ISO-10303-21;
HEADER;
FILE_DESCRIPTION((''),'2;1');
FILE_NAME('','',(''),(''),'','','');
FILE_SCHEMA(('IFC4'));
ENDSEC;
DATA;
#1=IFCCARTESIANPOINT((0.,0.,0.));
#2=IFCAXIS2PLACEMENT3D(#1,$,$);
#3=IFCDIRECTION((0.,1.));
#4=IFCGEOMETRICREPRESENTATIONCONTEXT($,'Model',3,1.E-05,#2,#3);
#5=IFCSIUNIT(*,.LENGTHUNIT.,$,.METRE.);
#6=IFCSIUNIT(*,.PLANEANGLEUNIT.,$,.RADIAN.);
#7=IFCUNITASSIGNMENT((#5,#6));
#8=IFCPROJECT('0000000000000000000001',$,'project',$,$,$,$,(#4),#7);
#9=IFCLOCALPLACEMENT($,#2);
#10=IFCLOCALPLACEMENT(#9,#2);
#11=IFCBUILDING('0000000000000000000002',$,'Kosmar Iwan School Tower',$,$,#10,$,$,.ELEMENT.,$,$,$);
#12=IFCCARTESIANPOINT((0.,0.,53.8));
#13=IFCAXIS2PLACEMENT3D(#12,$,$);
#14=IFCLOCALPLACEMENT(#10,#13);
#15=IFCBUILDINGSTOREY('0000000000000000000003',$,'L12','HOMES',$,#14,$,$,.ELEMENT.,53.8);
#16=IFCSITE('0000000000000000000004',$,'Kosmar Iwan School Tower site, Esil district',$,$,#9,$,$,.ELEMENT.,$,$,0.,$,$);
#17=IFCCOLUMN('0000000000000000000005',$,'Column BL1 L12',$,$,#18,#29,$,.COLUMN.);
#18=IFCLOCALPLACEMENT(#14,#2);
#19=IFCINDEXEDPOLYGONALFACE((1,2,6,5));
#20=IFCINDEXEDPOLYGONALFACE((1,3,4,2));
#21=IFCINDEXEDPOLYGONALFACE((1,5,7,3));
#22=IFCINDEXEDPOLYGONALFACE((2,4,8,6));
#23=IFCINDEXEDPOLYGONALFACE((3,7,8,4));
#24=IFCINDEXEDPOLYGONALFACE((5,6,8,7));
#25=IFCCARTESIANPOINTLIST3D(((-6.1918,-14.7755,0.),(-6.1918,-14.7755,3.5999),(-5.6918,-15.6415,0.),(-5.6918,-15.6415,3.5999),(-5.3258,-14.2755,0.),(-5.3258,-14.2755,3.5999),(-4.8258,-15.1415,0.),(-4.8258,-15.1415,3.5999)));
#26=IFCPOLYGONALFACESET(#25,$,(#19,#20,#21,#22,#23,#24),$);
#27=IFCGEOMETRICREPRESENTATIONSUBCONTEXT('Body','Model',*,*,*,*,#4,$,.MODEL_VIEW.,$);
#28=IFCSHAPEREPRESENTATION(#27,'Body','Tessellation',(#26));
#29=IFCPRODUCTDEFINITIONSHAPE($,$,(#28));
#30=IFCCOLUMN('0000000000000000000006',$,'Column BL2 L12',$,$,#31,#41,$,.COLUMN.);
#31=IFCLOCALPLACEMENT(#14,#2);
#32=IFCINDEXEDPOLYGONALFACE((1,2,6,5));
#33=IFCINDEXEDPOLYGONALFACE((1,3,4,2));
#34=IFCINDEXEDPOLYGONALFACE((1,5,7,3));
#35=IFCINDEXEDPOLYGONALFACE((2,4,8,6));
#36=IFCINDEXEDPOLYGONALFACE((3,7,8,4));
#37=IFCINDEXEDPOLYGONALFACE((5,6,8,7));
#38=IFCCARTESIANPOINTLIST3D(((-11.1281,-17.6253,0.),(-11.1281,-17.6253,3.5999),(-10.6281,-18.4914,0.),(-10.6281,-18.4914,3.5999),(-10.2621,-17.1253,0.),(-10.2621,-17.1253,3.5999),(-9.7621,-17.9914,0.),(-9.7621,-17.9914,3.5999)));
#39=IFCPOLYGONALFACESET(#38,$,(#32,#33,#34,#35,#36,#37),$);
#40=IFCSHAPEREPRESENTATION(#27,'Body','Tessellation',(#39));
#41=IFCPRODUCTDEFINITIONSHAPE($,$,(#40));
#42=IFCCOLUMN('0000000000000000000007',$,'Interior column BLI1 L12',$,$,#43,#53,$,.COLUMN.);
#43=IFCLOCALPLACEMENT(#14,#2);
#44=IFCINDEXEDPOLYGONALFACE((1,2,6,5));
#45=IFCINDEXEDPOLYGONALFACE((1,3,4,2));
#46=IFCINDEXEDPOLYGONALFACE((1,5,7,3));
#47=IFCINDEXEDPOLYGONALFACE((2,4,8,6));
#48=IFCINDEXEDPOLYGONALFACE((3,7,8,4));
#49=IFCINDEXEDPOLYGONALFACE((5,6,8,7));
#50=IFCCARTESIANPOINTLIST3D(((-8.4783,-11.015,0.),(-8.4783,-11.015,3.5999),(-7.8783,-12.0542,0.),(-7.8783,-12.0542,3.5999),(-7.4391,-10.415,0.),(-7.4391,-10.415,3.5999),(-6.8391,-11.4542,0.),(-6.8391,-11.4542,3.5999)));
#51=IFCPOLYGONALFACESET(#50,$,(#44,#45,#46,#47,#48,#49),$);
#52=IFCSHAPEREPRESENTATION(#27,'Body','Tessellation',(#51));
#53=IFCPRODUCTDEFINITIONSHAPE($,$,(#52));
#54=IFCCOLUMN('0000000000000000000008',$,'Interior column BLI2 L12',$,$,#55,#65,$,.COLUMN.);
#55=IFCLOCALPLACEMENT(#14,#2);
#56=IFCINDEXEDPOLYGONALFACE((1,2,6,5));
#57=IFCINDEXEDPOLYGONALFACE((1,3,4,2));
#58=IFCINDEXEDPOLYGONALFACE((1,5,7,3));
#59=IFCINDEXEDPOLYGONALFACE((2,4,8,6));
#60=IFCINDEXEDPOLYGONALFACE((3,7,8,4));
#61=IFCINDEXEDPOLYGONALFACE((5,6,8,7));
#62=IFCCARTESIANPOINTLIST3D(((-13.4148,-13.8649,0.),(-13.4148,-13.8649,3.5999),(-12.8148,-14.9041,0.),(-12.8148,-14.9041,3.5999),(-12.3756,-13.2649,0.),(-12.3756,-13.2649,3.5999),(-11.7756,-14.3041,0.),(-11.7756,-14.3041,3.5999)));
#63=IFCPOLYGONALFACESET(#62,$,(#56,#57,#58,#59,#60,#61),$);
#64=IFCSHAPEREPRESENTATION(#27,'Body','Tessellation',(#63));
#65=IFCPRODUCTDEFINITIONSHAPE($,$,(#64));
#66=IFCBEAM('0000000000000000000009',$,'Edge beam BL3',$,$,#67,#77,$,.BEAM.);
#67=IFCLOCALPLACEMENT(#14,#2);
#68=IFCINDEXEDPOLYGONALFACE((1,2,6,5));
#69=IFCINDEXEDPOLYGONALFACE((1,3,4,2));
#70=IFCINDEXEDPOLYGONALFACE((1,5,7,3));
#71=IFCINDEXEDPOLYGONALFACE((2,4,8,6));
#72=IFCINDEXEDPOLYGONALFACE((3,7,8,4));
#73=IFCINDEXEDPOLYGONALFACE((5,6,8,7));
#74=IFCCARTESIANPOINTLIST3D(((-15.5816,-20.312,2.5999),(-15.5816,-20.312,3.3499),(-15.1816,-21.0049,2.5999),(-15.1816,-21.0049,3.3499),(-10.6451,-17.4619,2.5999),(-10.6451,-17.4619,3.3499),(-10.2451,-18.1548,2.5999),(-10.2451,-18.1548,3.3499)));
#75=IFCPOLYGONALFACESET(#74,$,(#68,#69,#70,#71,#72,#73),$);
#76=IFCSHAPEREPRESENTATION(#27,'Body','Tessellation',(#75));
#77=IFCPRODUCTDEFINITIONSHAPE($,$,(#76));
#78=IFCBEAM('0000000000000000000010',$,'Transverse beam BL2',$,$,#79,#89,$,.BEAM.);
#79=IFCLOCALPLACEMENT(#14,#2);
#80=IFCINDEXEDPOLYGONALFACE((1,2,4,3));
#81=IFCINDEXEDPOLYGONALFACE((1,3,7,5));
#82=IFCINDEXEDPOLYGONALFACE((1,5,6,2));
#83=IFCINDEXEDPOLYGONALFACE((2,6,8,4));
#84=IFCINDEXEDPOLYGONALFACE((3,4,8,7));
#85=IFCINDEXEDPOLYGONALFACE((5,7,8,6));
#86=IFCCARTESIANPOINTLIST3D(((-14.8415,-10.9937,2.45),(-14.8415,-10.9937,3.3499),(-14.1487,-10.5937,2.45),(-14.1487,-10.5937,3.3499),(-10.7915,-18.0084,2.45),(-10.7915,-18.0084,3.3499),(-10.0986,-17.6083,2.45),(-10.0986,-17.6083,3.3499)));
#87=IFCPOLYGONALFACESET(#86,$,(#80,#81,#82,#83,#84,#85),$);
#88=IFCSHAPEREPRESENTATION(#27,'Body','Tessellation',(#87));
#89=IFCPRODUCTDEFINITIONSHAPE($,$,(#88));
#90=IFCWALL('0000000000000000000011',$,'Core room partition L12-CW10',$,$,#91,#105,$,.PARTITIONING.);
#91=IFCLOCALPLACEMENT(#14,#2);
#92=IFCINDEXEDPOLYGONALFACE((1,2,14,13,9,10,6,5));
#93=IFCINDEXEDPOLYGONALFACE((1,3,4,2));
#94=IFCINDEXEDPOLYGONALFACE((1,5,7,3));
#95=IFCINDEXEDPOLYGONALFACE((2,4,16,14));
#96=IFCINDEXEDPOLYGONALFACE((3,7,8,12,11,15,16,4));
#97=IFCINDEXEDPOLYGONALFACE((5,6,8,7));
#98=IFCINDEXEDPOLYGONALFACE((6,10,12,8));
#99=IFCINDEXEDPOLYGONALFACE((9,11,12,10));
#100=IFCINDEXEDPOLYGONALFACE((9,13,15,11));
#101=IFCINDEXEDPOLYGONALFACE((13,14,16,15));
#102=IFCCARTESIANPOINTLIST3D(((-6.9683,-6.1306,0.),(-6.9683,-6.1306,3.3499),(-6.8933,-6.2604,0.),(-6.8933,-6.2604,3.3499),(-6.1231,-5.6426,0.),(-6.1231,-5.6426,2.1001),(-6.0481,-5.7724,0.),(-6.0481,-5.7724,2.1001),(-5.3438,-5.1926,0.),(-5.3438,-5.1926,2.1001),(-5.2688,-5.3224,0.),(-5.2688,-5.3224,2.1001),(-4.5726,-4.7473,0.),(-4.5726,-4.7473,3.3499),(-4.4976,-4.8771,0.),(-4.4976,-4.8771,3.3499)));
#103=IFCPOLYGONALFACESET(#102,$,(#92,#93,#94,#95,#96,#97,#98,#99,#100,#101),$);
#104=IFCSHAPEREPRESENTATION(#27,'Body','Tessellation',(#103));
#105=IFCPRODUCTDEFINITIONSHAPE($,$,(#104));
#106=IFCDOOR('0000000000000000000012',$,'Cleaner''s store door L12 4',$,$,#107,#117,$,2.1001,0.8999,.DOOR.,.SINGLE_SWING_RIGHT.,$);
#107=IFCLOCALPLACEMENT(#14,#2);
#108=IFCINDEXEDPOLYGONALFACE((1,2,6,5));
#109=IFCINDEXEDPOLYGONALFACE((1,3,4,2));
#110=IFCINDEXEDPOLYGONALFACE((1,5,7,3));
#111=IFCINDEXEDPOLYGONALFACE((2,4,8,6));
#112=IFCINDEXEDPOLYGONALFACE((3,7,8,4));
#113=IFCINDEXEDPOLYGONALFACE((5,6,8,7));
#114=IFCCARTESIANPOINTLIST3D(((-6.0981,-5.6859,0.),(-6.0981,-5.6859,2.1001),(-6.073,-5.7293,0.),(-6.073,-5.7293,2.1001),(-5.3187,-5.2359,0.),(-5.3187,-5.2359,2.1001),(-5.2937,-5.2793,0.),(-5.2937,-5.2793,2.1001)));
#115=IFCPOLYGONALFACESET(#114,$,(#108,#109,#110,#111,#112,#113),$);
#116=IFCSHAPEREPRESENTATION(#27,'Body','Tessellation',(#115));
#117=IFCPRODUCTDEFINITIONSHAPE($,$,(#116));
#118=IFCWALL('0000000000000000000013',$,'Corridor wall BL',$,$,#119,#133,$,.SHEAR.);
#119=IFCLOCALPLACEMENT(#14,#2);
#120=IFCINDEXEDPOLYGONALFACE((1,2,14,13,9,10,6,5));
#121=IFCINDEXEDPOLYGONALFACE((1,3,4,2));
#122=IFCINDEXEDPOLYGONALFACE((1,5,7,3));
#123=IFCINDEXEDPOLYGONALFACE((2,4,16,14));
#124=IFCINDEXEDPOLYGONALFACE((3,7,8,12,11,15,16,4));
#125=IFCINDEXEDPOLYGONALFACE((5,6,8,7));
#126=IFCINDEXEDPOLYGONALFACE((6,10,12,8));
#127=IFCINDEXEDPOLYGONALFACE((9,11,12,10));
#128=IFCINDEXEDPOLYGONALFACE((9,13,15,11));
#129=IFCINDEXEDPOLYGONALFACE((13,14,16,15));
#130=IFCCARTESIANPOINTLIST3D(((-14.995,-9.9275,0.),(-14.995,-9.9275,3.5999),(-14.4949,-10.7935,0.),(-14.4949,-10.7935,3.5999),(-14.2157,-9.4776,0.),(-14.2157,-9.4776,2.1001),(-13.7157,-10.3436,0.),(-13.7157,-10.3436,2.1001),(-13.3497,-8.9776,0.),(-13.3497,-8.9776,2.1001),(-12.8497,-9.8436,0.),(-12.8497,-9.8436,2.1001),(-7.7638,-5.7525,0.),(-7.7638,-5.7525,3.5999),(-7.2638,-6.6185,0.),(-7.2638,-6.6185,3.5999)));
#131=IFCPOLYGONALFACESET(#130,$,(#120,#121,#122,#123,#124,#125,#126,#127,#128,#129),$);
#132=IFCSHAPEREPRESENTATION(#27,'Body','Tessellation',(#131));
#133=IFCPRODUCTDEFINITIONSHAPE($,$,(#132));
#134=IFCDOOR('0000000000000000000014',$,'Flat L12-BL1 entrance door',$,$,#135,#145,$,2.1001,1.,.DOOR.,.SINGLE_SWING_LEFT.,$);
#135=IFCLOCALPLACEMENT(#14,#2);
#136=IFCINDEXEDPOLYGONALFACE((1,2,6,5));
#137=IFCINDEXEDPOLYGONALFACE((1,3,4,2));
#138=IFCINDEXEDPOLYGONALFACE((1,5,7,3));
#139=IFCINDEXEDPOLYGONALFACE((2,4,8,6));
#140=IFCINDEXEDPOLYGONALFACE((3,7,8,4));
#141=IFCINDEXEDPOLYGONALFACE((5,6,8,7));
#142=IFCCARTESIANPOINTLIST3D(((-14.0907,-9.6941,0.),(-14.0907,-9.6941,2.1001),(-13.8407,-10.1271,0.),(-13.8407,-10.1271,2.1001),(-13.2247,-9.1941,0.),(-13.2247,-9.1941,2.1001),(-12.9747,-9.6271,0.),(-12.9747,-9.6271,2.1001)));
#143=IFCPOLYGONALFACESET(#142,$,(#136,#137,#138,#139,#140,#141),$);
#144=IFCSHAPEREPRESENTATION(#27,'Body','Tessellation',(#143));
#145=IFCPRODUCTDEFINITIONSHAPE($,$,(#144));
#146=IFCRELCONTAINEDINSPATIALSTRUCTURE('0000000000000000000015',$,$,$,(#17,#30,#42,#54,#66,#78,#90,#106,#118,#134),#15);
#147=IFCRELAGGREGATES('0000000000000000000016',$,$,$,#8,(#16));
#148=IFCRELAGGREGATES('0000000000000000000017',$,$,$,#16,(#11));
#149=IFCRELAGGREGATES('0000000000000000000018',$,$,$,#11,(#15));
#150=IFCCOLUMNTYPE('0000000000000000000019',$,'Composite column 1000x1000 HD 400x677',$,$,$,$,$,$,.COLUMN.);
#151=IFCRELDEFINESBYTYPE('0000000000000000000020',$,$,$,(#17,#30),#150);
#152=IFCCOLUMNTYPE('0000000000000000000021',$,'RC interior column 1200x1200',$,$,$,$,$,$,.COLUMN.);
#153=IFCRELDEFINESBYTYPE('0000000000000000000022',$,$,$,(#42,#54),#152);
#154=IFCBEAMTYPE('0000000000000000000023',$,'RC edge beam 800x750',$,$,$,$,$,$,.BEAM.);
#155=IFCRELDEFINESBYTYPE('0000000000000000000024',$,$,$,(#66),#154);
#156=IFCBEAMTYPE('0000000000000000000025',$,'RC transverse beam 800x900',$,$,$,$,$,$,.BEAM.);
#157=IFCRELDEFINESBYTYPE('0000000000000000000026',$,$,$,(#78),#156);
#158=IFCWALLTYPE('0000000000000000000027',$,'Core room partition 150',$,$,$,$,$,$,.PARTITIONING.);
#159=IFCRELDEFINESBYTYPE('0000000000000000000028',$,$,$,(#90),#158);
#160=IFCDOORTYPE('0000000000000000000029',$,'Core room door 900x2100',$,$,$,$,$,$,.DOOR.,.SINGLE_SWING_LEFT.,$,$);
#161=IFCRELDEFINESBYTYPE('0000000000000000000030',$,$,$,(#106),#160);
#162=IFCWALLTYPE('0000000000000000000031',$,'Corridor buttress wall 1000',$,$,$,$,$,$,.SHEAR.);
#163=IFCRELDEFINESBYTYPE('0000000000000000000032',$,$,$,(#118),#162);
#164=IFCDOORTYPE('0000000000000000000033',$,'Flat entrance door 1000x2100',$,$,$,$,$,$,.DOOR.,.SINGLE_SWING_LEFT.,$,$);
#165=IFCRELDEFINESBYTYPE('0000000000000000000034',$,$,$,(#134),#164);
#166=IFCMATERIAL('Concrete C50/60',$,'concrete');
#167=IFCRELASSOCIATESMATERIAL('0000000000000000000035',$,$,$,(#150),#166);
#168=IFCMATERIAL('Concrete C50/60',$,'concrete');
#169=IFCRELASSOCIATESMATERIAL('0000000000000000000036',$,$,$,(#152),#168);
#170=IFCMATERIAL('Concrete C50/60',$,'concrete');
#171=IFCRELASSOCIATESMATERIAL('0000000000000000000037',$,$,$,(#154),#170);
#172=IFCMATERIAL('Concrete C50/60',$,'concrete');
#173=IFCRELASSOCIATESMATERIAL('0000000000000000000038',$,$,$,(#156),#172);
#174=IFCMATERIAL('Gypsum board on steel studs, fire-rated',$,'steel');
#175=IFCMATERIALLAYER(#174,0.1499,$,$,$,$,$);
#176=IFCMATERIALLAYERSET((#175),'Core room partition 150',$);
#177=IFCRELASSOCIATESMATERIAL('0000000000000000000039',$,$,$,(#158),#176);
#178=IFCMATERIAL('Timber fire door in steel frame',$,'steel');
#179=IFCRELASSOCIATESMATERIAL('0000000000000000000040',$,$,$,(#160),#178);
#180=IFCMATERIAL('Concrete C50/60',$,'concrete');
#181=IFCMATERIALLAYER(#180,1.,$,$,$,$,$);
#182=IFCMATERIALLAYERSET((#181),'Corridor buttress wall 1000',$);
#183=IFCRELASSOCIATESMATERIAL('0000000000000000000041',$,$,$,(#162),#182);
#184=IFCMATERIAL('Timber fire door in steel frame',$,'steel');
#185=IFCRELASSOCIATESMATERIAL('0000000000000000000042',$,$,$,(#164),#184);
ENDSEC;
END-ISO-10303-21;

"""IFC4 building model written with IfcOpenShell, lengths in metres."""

from ifc_helpers import new_model, si_unit, direction, frame, frame_2d, origin, origin_2d, place, context, subcontext, project, spatial, rectangle, extrude, material, layer, layer_set, material_profile, profile_set, type_object, element, fill, save


model = new_model("IFC4")

# Units and contexts
model_context = context("Model", 3, precision=1e-05, world=origin(), true_north=direction((0.0, 1.0)))
body_context = subcontext(model_context, "Body", "Model", "MODEL_VIEW")
ifc_project = project(units=[si_unit("LENGTHUNIT", "METRE"), si_unit("PLANEANGLEUNIT", "RADIAN")], contexts=[model_context])

# Site, building, storey
site_placement = place(None, origin())
site = spatial("IfcSite", under=ifc_project, at=site_placement, Name="Kosmar Iwan School Tower site, Esil district", CompositionType="ELEMENT", RefElevation=0.0)
building_placement = place(site_placement, origin())
building = spatial("IfcBuilding", under=site, at=building_placement, Name="Kosmar Iwan School Tower", CompositionType="ELEMENT")
storey_placement = place(building_placement, frame((0.0, 0.0, 53.8)))
storey = spatial("IfcBuildingStorey", under=building, at=storey_placement, Name="L12", Description="HOMES", CompositionType="ELEMENT", Elevation=53.8)

# Columns
ifc_material_1 = material(Name="Concrete C50/60", Category="concrete")
ifc_material_profile_1 = material_profile(ifc_material_1, rectangle(XDim=1.0, YDim=1.0, at=origin_2d()), Name="RC 1000x1000 + HD 400x677")
ifc_profile_set_1 = profile_set([ifc_material_profile_1], Name="Concrete C50/60")
column_type_1 = type_object("IfcColumnType", Name="Composite column 1000x1000 HD 400x677", PredefinedType="COLUMN", material=ifc_profile_set_1)
for number, where, z_axis, x_axis, name in (
    (1, (-5.5088, -14.9585, 0.0), (0.0, 0.0, 1.0), (-0.866025, -0.5, 0.0), "Column BL1 L12"),
    (2, (-10.4451, -17.8083, 0.0), (0.0, 0.0, 1.0), (-0.866025, -0.5, 0.0), "Column BL2 L12"),
):
    element("IfcColumn", number, at=place(storey_placement, frame(where, z_axis=z_axis, x_axis=x_axis)), inside=storey, type_object=column_type_1, Name=name, PredefinedType="COLUMN", context=body_context, shape_type="SweptSolid", body=[
        extrude(rectangle(XDim=1.0, YDim=1.0, at=origin_2d()), origin(), (0.0, 0.0, 1.0), 3.5999),
    ])
ifc_material_2 = material(Name="Concrete C50/60", Category="concrete")
ifc_material_profile_2 = material_profile(ifc_material_2, rectangle(XDim=1.2, YDim=1.2, at=origin_2d()), Name="RC 1200x1200")
ifc_profile_set_2 = profile_set([ifc_material_profile_2], Name="Concrete C50/60")
column_type_2 = type_object("IfcColumnType", Name="RC interior column 1200x1200", PredefinedType="COLUMN", material=ifc_profile_set_2)
for number, where, z_axis, x_axis, name in (
    (3, (-7.6587, -11.2346, 0.0), (0.0, 0.0, 1.0), (-0.866025, -0.5, 0.0), "Interior column BLI1 L12"),
    (4, (-12.5952, -14.0845, 0.0), (0.0, 0.0, 1.0), (-0.866025, -0.5, 0.0), "Interior column BLI2 L12"),
):
    element("IfcColumn", number, at=place(storey_placement, frame(where, z_axis=z_axis, x_axis=x_axis)), inside=storey, type_object=column_type_2, Name=name, PredefinedType="COLUMN", context=body_context, shape_type="SweptSolid", body=[
        extrude(rectangle(XDim=1.2, YDim=1.2, at=origin_2d()), origin(), (0.0, 0.0, 1.0), 3.5999),
    ])

# Beams
ifc_material_3 = material(Name="Concrete C50/60", Category="concrete")
ifc_material_profile_3 = material_profile(ifc_material_3, rectangle(XDim=0.8, YDim=0.75, at=origin_2d()), Name="RC 800x750")
ifc_profile_set_3 = profile_set([ifc_material_profile_3], Name="Concrete C50/60")
beam_type_1 = type_object("IfcBeamType", Name="RC edge beam 800x750", PredefinedType="BEAM", material=ifc_profile_set_3)
beam_1_placement = place(storey_placement, frame((-10.4451, -17.8083, 2.9749), z_axis=(-0.866026, -0.499999, 0.0), x_axis=(0.499999, -0.866026, 0.0)))
element("IfcBeam", 5, at=beam_1_placement, inside=storey, type_object=beam_type_1, Name="Edge beam BL3", PredefinedType="BEAM", context=body_context, shape_type="SweptSolid", body=[
    extrude(rectangle(XDim=0.8, YDim=0.75, at=origin_2d()), origin(), (0.0, 0.0, 1.0), 5.7002),
])
ifc_material_4 = material(Name="Concrete C50/60", Category="concrete")
ifc_material_profile_4 = material_profile(ifc_material_4, rectangle(XDim=0.8, YDim=0.8999, at=origin_2d()), Name="RC 800x900")
ifc_profile_set_4 = profile_set([ifc_material_profile_4], Name="Concrete C50/60")
beam_type_2 = type_object("IfcBeamType", Name="RC transverse beam 800x900", PredefinedType="BEAM", material=ifc_profile_set_4)
beam_2_placement = place(storey_placement, frame((-10.4451, -17.8083, 2.8999), z_axis=(-0.500013, 0.866018, 0.0), x_axis=(-0.866018, -0.500013, 0.0)))
element("IfcBeam", 6, at=beam_2_placement, inside=storey, type_object=beam_type_2, Name="Transverse beam BL2", PredefinedType="BEAM", context=body_context, shape_type="SweptSolid", body=[
    extrude(rectangle(XDim=0.8, YDim=0.8999, at=origin_2d()), origin(), (0.0, 0.0, 1.0), 8.0999),
])

# Walls, openings, doors
ifc_material_5 = material(Name="Gypsum board on steel studs, fire-rated", Category="steel")
ifc_layer_1 = layer(ifc_material_5, 0.1499)
ifc_layer_set_1 = layer_set([ifc_layer_1], Name="Core room partition 150")
wall_type_1 = type_object("IfcWallType", Name="Core room partition 150", PredefinedType="PARTITIONING", material=ifc_layer_set_1)
wall_1_placement = place(storey_placement, frame((-6.9309, -6.1956, 0.0), z_axis=(0.0, 0.0, 1.0), x_axis=(0.866008, 0.500031, 0.0)))
wall_1 = element("IfcWall", 7, at=wall_1_placement, inside=storey, type_object=wall_type_1, Name="Core room partition L12-CW10", PredefinedType="PARTITIONING", context=body_context, shape_type="SweptSolid", body=[
    extrude(rectangle(XDim=2.7664, YDim=0.1499, at=frame_2d((1.3833, 0.0))), origin(), (0.0, 0.0, 1.0), 3.3499),
])
opening_1_placement = place(wall_1_placement, frame((0.9761, 0.0, 0.0)))
opening_1 = element("IfcOpeningElement", 8, at=opening_1_placement, cuts=wall_1, PredefinedType="OPENING", context=body_context, shape_type="SweptSolid", body=[
    extrude(rectangle(XDim=0.8999, YDim=2.1001, at=frame_2d((0.45, 1.05))), frame((0.0, 0.0869, 0.0), z_axis=(0.0, -1.0, 0.0), x_axis=(1.0, 0.0, 0.0)), (0.0, 0.0, 1.0), 0.1738),
])
ifc_material_6 = material(Name="Timber fire door in steel frame", Category="steel")
door_type_1 = type_object("IfcDoorType", Name="Core room door 900x2100", OperationType="SINGLE_SWING_LEFT", PredefinedType="DOOR", material=ifc_material_6)
door_1_placement = place(opening_1_placement, origin())
door_1 = element("IfcDoor", 9, at=door_1_placement, inside=storey, type_object=door_type_1, Name="Cleaner's store door L12 4", OperationType="SINGLE_SWING_RIGHT", OverallHeight=2.1001, OverallWidth=0.8999, PredefinedType="DOOR", context=body_context, shape_type="SweptSolid", body=[
    extrude(rectangle(XDim=0.8999, YDim=2.1001, at=frame_2d((0.45, 1.05))), frame((0.0, 0.0249, 0.0), z_axis=(0.0, -1.0, 0.0), x_axis=(1.0, 0.0, 0.0)), (0.0, 0.0, 1.0), 0.05),
])
fill(opening_1, door_1)
ifc_material_7 = material(Name="Concrete C50/60", Category="concrete")
ifc_layer_2 = layer(ifc_material_7, 1.0)
ifc_layer_set_2 = layer_set([ifc_layer_2], Name="Corridor buttress wall 1000")
wall_type_2 = type_object("IfcWallType", Name="Corridor buttress wall 1000", PredefinedType="SHEAR", material=ifc_layer_set_2)
wall_2_placement = place(storey_placement, frame((-7.5139, -6.1855, 0.0), z_axis=(0.0, 0.0, 1.0), x_axis=(-0.86602, -0.50001, 0.0)))
wall_2 = element("IfcWall", 10, at=wall_2_placement, inside=storey, type_object=wall_type_2, Name="Corridor wall BL", PredefinedType="SHEAR", context=body_context, shape_type="SweptSolid", body=[
    extrude(rectangle(XDim=8.3499, YDim=1.0, at=frame_2d((4.1748, 0.0))), origin(), (0.0, 0.0, 1.0), 3.5999),
])
opening_2_placement = place(wall_2_placement, frame((6.45, 0.0, 0.0)))
opening_2 = element("IfcOpeningElement", 11, at=opening_2_placement, cuts=wall_2, PredefinedType="OPENING", context=body_context, shape_type="SweptSolid", body=[
    extrude(rectangle(XDim=1.0, YDim=2.1001, at=frame_2d((0.5, 1.05))), frame((0.0, 0.512, 0.0), z_axis=(0.0, -1.0, 0.0), x_axis=(1.0, 0.0, 0.0)), (0.0, 0.0, 1.0), 1.0239),
])
ifc_material_8 = material(Name="Timber fire door in steel frame", Category="steel")
door_type_2 = type_object("IfcDoorType", Name="Flat entrance door 1000x2100", OperationType="SINGLE_SWING_LEFT", PredefinedType="DOOR", material=ifc_material_8)
door_2_placement = place(opening_2_placement, origin())
door_2 = element("IfcDoor", 12, at=door_2_placement, inside=storey, type_object=door_type_2, Name="Flat L12-BL1 entrance door", OperationType="SINGLE_SWING_LEFT", OverallHeight=2.1001, OverallWidth=1.0, PredefinedType="DOOR", context=body_context, shape_type="SweptSolid", body=[
    extrude(rectangle(XDim=1.0, YDim=2.1001, at=frame_2d((0.5, 1.05))), frame((0.0, 0.25, 0.0), z_axis=(0.0, -1.0, 0.0), x_axis=(1.0, 0.0, 0.0)), (0.0, 0.0, 1.0), 0.5),
])
fill(opening_2, door_2)

save(model, "model.ifc")
